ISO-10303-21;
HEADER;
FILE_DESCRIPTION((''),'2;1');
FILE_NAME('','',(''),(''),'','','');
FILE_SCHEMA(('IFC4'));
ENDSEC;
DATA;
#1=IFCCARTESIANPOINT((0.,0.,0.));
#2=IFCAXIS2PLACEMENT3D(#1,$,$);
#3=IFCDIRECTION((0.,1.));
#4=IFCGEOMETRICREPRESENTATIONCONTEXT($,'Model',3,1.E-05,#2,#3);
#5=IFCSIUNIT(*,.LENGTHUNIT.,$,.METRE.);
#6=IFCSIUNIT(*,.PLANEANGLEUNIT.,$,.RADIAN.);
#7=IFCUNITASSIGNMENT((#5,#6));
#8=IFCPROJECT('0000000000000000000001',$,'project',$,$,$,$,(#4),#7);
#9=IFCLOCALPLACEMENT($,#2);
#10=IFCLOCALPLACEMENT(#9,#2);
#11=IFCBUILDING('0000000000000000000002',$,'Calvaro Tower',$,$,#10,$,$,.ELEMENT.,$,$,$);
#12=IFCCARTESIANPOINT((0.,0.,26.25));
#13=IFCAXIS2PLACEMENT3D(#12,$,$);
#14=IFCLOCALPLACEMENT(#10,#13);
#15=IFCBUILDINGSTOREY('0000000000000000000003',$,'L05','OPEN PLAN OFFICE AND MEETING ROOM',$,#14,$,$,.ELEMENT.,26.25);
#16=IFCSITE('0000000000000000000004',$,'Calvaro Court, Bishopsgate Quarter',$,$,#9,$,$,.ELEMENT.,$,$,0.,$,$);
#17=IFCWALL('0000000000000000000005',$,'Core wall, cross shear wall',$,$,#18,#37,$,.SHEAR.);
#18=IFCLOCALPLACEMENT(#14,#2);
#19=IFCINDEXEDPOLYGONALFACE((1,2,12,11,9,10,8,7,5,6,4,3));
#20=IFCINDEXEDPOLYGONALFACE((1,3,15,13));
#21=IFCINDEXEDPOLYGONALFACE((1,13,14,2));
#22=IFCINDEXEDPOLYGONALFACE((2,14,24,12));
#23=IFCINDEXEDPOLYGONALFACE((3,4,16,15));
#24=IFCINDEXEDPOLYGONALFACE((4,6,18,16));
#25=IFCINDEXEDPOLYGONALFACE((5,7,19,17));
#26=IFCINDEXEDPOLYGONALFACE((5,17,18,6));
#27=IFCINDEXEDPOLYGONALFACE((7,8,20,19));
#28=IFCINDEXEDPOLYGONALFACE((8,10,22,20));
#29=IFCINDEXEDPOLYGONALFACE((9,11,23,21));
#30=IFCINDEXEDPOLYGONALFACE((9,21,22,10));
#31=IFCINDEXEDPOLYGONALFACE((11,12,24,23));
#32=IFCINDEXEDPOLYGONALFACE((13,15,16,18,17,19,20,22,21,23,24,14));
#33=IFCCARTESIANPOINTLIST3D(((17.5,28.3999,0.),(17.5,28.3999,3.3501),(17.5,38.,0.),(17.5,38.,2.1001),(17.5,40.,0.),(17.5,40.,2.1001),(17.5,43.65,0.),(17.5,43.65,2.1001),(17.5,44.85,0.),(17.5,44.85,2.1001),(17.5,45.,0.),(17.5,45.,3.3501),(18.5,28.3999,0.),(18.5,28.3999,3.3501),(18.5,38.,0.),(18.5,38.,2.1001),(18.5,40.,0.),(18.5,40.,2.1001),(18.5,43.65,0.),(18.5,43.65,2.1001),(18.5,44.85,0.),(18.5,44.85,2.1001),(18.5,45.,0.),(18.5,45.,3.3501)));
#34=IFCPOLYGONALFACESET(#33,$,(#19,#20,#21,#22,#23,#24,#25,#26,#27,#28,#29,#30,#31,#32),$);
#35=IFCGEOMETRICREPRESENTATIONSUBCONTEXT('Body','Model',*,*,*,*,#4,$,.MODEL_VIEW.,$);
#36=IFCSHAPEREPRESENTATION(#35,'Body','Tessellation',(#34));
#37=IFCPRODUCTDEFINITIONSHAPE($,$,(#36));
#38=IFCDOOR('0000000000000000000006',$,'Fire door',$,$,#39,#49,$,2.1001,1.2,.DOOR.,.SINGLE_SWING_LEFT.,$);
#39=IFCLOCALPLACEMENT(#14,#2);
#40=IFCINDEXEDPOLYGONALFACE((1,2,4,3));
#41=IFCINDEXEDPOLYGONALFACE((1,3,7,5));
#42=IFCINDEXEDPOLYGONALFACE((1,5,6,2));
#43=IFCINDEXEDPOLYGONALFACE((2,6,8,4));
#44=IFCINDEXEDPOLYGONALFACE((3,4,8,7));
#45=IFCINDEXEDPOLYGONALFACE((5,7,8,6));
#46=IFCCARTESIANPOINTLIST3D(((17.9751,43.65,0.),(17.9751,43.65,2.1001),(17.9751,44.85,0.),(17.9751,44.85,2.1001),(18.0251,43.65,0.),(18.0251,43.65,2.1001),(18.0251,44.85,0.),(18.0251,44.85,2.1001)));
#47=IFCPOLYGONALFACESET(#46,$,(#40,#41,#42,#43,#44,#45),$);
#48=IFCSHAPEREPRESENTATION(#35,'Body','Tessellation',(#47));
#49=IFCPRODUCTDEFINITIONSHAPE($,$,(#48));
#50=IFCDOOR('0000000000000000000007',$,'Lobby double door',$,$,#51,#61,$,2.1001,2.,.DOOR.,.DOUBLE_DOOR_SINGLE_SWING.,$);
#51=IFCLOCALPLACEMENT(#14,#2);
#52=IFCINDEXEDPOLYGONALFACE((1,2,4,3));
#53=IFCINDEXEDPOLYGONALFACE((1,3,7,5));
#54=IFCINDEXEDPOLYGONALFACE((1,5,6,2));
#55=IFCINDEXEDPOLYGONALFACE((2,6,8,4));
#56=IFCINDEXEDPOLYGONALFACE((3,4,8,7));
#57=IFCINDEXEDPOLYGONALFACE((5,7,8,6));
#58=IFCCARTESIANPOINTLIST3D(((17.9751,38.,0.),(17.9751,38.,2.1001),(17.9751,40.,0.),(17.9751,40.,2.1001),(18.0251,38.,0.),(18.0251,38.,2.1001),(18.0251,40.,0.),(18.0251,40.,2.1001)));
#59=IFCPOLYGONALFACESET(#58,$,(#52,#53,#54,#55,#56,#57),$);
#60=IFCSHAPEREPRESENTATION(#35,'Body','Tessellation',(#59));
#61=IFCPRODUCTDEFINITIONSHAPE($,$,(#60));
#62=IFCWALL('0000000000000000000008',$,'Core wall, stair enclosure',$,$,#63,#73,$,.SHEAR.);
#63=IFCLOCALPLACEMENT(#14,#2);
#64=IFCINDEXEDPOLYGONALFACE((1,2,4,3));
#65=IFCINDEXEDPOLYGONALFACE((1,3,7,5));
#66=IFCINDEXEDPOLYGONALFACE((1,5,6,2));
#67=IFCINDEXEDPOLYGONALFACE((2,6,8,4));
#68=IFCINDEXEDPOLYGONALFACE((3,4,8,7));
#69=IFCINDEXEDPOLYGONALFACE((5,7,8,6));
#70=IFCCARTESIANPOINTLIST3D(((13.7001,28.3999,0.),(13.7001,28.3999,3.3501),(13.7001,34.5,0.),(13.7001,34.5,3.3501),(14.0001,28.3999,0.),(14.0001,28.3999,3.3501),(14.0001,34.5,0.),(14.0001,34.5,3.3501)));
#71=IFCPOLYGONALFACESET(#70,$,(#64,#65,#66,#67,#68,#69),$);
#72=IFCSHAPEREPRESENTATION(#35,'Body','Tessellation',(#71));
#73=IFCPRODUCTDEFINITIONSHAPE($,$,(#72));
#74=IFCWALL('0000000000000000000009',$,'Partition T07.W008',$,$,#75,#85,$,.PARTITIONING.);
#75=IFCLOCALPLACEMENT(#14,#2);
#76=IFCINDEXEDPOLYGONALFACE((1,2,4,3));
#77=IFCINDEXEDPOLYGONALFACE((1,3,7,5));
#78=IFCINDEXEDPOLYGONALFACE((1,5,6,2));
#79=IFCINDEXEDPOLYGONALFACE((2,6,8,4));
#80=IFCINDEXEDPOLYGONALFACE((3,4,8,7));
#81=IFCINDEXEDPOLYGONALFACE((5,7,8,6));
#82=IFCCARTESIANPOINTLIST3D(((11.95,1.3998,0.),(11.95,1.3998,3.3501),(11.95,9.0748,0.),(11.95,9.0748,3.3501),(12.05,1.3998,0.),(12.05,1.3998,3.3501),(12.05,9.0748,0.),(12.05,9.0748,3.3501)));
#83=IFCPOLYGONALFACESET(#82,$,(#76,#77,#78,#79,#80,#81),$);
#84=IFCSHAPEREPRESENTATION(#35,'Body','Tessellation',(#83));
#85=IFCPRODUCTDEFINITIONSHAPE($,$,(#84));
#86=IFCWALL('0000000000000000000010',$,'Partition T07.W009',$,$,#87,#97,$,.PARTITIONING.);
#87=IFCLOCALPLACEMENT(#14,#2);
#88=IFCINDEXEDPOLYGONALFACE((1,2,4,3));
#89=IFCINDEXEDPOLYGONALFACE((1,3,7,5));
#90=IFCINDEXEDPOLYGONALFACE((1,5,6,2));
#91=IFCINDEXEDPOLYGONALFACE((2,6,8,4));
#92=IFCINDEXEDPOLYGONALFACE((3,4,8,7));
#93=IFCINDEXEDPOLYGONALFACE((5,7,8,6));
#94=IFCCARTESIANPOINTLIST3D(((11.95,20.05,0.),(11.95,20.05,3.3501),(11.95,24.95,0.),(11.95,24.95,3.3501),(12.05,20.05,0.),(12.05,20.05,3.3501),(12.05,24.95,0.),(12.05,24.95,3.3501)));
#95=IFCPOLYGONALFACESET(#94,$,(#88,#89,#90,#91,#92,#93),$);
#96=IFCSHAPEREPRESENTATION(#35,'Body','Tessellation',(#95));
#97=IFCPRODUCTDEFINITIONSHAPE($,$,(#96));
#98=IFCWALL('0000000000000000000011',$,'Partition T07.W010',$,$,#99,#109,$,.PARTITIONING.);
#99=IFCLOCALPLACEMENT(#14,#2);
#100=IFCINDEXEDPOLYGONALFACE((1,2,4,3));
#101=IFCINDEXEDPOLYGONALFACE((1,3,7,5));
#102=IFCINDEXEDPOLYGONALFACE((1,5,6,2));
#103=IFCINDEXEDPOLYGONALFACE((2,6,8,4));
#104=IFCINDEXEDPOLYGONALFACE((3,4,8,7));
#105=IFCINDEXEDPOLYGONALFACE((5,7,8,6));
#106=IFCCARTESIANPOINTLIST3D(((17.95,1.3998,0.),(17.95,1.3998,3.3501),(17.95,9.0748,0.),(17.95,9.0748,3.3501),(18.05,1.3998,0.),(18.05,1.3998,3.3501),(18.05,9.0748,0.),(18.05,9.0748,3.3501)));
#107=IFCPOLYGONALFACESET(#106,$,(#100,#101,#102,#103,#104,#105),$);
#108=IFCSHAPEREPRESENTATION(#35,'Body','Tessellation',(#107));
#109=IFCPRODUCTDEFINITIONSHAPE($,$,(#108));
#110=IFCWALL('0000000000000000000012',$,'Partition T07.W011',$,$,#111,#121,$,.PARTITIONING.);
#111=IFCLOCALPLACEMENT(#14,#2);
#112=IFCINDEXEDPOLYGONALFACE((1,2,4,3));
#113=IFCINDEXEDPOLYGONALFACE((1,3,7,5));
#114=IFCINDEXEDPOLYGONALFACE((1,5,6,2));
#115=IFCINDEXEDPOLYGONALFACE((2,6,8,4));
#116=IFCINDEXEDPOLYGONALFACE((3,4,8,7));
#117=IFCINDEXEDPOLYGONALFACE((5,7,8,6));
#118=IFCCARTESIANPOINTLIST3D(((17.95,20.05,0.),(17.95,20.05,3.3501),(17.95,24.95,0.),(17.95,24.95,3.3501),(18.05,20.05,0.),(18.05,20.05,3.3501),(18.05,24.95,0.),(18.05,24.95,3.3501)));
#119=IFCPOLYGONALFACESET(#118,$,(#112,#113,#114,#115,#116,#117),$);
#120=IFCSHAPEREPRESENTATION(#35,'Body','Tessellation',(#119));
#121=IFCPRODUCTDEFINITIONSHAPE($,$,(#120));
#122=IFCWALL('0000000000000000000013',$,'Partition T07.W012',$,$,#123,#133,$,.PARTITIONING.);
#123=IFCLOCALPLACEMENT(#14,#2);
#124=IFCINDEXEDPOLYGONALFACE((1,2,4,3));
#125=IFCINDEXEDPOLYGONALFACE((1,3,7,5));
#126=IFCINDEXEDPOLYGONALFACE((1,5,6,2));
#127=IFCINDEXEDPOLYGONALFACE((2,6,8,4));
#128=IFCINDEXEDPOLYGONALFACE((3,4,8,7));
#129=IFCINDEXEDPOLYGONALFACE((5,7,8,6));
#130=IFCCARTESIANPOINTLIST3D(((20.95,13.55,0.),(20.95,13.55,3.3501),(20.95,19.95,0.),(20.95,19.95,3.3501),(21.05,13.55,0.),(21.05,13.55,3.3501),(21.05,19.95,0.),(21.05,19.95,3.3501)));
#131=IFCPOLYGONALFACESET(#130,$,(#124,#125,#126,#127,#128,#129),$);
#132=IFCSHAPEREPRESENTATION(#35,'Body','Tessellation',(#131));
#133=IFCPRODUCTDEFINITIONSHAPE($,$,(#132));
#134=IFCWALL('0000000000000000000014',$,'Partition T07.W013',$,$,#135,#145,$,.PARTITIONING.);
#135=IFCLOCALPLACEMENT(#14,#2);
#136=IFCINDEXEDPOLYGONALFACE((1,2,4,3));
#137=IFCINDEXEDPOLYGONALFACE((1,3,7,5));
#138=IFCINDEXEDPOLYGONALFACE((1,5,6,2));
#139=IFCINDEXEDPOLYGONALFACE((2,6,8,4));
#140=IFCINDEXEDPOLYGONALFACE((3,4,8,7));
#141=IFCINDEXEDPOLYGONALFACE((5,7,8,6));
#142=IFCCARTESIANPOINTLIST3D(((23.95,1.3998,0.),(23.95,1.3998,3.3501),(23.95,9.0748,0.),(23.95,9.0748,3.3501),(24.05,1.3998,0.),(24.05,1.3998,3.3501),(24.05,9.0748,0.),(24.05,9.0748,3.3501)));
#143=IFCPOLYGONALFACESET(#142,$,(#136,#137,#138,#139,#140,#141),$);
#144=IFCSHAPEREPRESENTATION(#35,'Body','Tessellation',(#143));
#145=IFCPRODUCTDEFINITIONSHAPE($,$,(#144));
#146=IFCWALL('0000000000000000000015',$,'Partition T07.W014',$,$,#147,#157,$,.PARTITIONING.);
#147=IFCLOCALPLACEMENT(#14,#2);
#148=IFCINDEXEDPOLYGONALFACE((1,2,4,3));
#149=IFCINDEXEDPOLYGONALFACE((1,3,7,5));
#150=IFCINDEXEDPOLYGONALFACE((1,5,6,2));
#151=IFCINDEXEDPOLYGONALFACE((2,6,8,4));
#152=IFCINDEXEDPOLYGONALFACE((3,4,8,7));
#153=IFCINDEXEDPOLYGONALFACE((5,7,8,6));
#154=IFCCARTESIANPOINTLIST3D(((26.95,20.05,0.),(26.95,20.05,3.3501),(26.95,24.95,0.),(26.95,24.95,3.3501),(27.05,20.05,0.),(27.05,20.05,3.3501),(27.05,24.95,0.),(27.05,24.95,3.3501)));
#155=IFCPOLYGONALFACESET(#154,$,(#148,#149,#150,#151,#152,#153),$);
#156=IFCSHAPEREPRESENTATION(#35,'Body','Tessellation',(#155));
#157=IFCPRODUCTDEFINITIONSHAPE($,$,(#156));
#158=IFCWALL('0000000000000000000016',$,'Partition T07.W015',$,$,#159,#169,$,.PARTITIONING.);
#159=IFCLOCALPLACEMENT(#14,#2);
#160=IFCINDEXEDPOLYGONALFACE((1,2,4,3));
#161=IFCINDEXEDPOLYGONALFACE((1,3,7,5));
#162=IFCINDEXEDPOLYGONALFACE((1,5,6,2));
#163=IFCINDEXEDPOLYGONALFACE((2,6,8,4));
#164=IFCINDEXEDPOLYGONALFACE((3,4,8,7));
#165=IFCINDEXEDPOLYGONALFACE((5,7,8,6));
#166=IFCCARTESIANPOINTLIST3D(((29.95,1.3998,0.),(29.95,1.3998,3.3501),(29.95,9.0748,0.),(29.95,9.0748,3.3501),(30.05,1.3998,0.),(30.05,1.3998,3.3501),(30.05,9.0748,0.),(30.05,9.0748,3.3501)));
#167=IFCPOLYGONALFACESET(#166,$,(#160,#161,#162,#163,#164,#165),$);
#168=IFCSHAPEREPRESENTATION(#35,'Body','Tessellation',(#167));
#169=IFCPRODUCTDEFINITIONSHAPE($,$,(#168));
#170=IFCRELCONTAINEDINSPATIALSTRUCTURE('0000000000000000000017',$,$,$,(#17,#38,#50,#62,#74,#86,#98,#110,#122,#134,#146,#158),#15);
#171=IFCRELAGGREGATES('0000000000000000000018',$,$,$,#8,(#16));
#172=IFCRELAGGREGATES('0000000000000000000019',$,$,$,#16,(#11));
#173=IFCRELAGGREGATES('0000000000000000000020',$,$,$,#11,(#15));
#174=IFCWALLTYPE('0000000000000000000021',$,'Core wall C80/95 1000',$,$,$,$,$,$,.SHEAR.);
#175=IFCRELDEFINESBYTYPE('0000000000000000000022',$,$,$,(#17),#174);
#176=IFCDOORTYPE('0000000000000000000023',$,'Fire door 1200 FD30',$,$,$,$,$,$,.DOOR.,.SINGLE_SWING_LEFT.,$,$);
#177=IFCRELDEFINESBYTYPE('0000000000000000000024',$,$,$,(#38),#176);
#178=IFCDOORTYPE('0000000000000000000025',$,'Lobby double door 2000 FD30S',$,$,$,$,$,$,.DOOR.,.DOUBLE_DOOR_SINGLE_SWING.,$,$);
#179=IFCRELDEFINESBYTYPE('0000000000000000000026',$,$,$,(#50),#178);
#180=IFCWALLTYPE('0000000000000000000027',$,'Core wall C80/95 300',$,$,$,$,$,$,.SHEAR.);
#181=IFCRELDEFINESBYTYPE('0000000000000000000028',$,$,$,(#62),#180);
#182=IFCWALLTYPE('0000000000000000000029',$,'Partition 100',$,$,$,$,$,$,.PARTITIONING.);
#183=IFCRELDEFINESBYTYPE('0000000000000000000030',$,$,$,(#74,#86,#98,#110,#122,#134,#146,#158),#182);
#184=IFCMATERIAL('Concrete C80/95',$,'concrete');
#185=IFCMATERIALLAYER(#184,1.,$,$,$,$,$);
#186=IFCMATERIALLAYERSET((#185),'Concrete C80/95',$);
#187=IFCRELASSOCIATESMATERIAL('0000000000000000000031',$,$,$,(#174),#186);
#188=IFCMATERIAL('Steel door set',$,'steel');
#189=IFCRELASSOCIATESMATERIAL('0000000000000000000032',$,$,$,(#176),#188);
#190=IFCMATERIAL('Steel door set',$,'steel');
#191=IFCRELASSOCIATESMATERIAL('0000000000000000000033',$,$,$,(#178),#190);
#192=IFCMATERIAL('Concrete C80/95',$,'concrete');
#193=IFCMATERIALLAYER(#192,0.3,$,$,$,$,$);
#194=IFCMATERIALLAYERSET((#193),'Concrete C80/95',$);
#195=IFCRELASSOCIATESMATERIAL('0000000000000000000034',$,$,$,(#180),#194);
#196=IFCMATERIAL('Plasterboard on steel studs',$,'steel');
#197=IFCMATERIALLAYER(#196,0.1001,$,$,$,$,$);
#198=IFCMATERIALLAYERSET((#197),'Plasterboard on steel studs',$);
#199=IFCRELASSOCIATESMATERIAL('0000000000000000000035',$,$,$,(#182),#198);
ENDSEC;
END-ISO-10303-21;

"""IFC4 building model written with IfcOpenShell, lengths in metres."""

from ifc_helpers import new_model, si_unit, direction, frame, frame_2d, origin, place, context, subcontext, project, spatial, rectangle, extrude, material, layer, layer_set, type_object, element, fill, save


model = new_model("IFC4")

# Units and contexts
model_context = context("Model", 3, precision=1e-05, world=origin(), true_north=direction((0.0, 1.0)))
body_context = subcontext(model_context, "Body", "Model", "MODEL_VIEW")
ifc_project = project(units=[si_unit("LENGTHUNIT", "METRE"), si_unit("PLANEANGLEUNIT", "RADIAN")], contexts=[model_context])

# Site, building, storey
site_placement = place(None, origin())
site = spatial("IfcSite", under=ifc_project, at=site_placement, Name="Calvaro Court, Bishopsgate Quarter", CompositionType="ELEMENT", RefElevation=0.0)
building_placement = place(site_placement, origin())
building = spatial("IfcBuilding", under=site, at=building_placement, Name="Calvaro Tower", CompositionType="ELEMENT")
storey_placement = place(building_placement, frame((0.0, 0.0, 26.25)))
storey = spatial("IfcBuildingStorey", under=building, at=storey_placement, Name="L05", Description="OPEN PLAN OFFICE AND MEETING ROOM", CompositionType="ELEMENT", Elevation=26.25)

# Wall, openings, doors
ifc_material_1 = material(Name="Concrete C80/95", Category="concrete")
ifc_layer_1 = layer(ifc_material_1, 1.0)
ifc_layer_set_1 = layer_set([ifc_layer_1], Name="Concrete C80/95")
wall_type_1 = type_object("IfcWallType", Name="Core wall C80/95 1000", PredefinedType="SHEAR", material=ifc_layer_set_1)
wall_1_placement = place(storey_placement, frame((18.0, 28.3999, 0.0), z_axis=(0.0, 0.0, 1.0), x_axis=(0.0, 1.0, 0.0)))
wall_1 = element("IfcWall", 1, at=wall_1_placement, inside=storey, type_object=wall_type_1, Name="Core wall, cross shear wall", PredefinedType="SHEAR", context=body_context, shape_type="SweptSolid", body=[
    extrude(rectangle(XDim=16.6001, YDim=1.0, at=frame_2d((8.3, 0.0))), origin(), (0.0, 0.0, 1.0), 3.3501),
])
opening_1_placement = place(wall_1_placement, frame((9.6001, 0.0, 0.0)))
opening_1 = element("IfcOpeningElement", 2, at=opening_1_placement, cuts=wall_1, PredefinedType="OPENING", context=body_context, shape_type="SweptSolid", body=[
    extrude(rectangle(XDim=2.0, YDim=2.1001, at=frame_2d((1.0, 1.05))), frame((0.0, 0.51, 0.0), z_axis=(0.0, -1.0, 0.0), x_axis=(1.0, 0.0, 0.0)), (0.0, 0.0, 1.0), 1.02),
])
opening_2_placement = place(wall_1_placement, frame((15.25, 0.0, 0.0)))
opening_2 = element("IfcOpeningElement", 3, at=opening_2_placement, cuts=wall_1, PredefinedType="OPENING", context=body_context, shape_type="SweptSolid", body=[
    extrude(rectangle(XDim=1.2, YDim=2.1001, at=frame_2d((0.6001, 1.05))), frame((0.0, 0.51, 0.0), z_axis=(0.0, -1.0, 0.0), x_axis=(1.0, 0.0, 0.0)), (0.0, 0.0, 1.0), 1.02),
])
ifc_material_2 = material(Name="Steel door set", Category="steel")
door_type_1 = type_object("IfcDoorType", Name="Fire door 1200 FD30", OperationType="SINGLE_SWING_LEFT", PredefinedType="DOOR", material=ifc_material_2)
door_1_placement = place(opening_2_placement, origin())
door_1 = element("IfcDoor", 4, at=door_1_placement, inside=storey, type_object=door_type_1, Name="Fire door", OperationType="SINGLE_SWING_LEFT", OverallHeight=2.1001, OverallWidth=1.2, PredefinedType="DOOR", context=body_context, shape_type="SweptSolid", body=[
    extrude(rectangle(XDim=1.2, YDim=2.1001, at=frame_2d((0.6001, 1.05))), frame((0.0, 0.0249, 0.0), z_axis=(0.0, -1.0, 0.0), x_axis=(1.0, 0.0, 0.0)), (0.0, 0.0, 1.0), 0.05),
])
fill(opening_2, door_1)
ifc_material_3 = material(Name="Steel door set", Category="steel")
door_type_2 = type_object("IfcDoorType", Name="Lobby double door 2000 FD30S", OperationType="DOUBLE_DOOR_SINGLE_SWING", PredefinedType="DOOR", material=ifc_material_3)
door_2_placement = place(opening_1_placement, origin())
door_2 = element("IfcDoor", 5, at=door_2_placement, inside=storey, type_object=door_type_2, Name="Lobby double door", OperationType="DOUBLE_DOOR_SINGLE_SWING", OverallHeight=2.1001, OverallWidth=2.0, PredefinedType="DOOR", context=body_context, shape_type="SweptSolid", body=[
    extrude(rectangle(XDim=2.0, YDim=2.1001, at=frame_2d((1.0, 1.05))), frame((0.0, 0.0249, 0.0), z_axis=(0.0, -1.0, 0.0), x_axis=(1.0, 0.0, 0.0)), (0.0, 0.0, 1.0), 0.05),
])
fill(opening_1, door_2)

# Walls
ifc_material_4 = material(Name="Concrete C80/95", Category="concrete")
ifc_layer_2 = layer(ifc_material_4, 0.3)
ifc_layer_set_2 = layer_set([ifc_layer_2], Name="Concrete C80/95")
wall_type_2 = type_object("IfcWallType", Name="Core wall C80/95 300", PredefinedType="SHEAR", material=ifc_layer_set_2)
wall_2_placement = place(storey_placement, frame((13.8501, 28.3999, 0.0), z_axis=(0.0, 0.0, 1.0), x_axis=(0.0, 1.0, 0.0)))
element("IfcWall", 6, at=wall_2_placement, inside=storey, type_object=wall_type_2, Name="Core wall, stair enclosure", PredefinedType="SHEAR", context=body_context, shape_type="SweptSolid", body=[
    extrude(rectangle(XDim=6.1001, YDim=0.3, at=frame_2d((3.05, 0.0))), origin(), (0.0, 0.0, 1.0), 3.3501),
])
ifc_material_5 = material(Name="Plasterboard on steel studs", Category="steel")
ifc_layer_3 = layer(ifc_material_5, 0.1001)
ifc_layer_set_3 = layer_set([ifc_layer_3], Name="Plasterboard on steel studs")
wall_type_3 = type_object("IfcWallType", Name="Partition 100", PredefinedType="PARTITIONING", material=ifc_layer_set_3)
wall_3_placement = place(storey_placement, frame((12.0, 1.3999, 0.0), z_axis=(0.0, 0.0, 1.0), x_axis=(0.0, 1.0, 0.0)))
element("IfcWall", 7, at=wall_3_placement, inside=storey, type_object=wall_type_3, Name="Partition T07.W008", PredefinedType="PARTITIONING", context=body_context, shape_type="SweptSolid", body=[
    extrude(rectangle(XDim=7.675, YDim=0.1001, at=frame_2d((3.8374, 0.0))), origin(), (0.0, 0.0, 1.0), 3.3501),
])
wall_4_placement = place(storey_placement, frame((12.0, 20.05, 0.0), z_axis=(0.0, 0.0, 1.0), x_axis=(0.0, 1.0, 0.0)))
element("IfcWall", 8, at=wall_4_placement, inside=storey, type_object=wall_type_3, Name="Partition T07.W009", PredefinedType="PARTITIONING", context=body_context, shape_type="SweptSolid", body=[
    extrude(rectangle(XDim=4.8999, YDim=0.1001, at=frame_2d((2.45, 0.0))), origin(), (0.0, 0.0, 1.0), 3.3501),
])
wall_5_placement = place(storey_placement, frame((18.0, 1.3999, 0.0), z_axis=(0.0, 0.0, 1.0), x_axis=(0.0, 1.0, 0.0)))
element("IfcWall", 9, at=wall_5_placement, inside=storey, type_object=wall_type_3, Name="Partition T07.W010", PredefinedType="PARTITIONING", context=body_context, shape_type="SweptSolid", body=[
    extrude(rectangle(XDim=7.675, YDim=0.1001, at=frame_2d((3.8374, 0.0))), origin(), (0.0, 0.0, 1.0), 3.3501),
])
wall_6_placement = place(storey_placement, frame((18.0, 20.05, 0.0), z_axis=(0.0, 0.0, 1.0), x_axis=(0.0, 1.0, 0.0)))
element("IfcWall", 10, at=wall_6_placement, inside=storey, type_object=wall_type_3, Name="Partition T07.W011", PredefinedType="PARTITIONING", context=body_context, shape_type="SweptSolid", body=[
    extrude(rectangle(XDim=4.8999, YDim=0.1001, at=frame_2d((2.45, 0.0))), origin(), (0.0, 0.0, 1.0), 3.3501),
])
wall_7_placement = place(storey_placement, frame((21.0, 13.55, 0.0), z_axis=(0.0, 0.0, 1.0), x_axis=(0.0, 1.0, 0.0)))
element("IfcWall", 11, at=wall_7_placement, inside=storey, type_object=wall_type_3, Name="Partition T07.W012", PredefinedType="PARTITIONING", context=body_context, shape_type="SweptSolid", body=[
    extrude(rectangle(XDim=6.3999, YDim=0.1001, at=frame_2d((3.2, 0.0))), origin(), (0.0, 0.0, 1.0), 3.3501),
])
wall_8_placement = place(storey_placement, frame((24.0, 1.3999, 0.0), z_axis=(0.0, 0.0, 1.0), x_axis=(0.0, 1.0, 0.0)))
element("IfcWall", 12, at=wall_8_placement, inside=storey, type_object=wall_type_3, Name="Partition T07.W013", PredefinedType="PARTITIONING", context=body_context, shape_type="SweptSolid", body=[
    extrude(rectangle(XDim=7.675, YDim=0.1001, at=frame_2d((3.8374, 0.0))), origin(), (0.0, 0.0, 1.0), 3.3501),
])
wall_9_placement = place(storey_placement, frame((27.0, 20.05, 0.0), z_axis=(0.0, 0.0, 1.0), x_axis=(0.0, 1.0, 0.0)))
element("IfcWall", 13, at=wall_9_placement, inside=storey, type_object=wall_type_3, Name="Partition T07.W014", PredefinedType="PARTITIONING", context=body_context, shape_type="SweptSolid", body=[
    extrude(rectangle(XDim=4.8999, YDim=0.1001, at=frame_2d((2.45, 0.0))), origin(), (0.0, 0.0, 1.0), 3.3501),
])
wall_10_placement = place(storey_placement, frame((30.0, 1.3999, 0.0), z_axis=(0.0, 0.0, 1.0), x_axis=(0.0, 1.0, 0.0)))
element("IfcWall", 14, at=wall_10_placement, inside=storey, type_object=wall_type_3, Name="Partition T07.W015", PredefinedType="PARTITIONING", context=body_context, shape_type="SweptSolid", body=[
    extrude(rectangle(XDim=7.675, YDim=0.1001, at=frame_2d((3.8374, 0.0))), origin(), (0.0, 0.0, 1.0), 3.3501),
])

save(model, "model.ifc")
